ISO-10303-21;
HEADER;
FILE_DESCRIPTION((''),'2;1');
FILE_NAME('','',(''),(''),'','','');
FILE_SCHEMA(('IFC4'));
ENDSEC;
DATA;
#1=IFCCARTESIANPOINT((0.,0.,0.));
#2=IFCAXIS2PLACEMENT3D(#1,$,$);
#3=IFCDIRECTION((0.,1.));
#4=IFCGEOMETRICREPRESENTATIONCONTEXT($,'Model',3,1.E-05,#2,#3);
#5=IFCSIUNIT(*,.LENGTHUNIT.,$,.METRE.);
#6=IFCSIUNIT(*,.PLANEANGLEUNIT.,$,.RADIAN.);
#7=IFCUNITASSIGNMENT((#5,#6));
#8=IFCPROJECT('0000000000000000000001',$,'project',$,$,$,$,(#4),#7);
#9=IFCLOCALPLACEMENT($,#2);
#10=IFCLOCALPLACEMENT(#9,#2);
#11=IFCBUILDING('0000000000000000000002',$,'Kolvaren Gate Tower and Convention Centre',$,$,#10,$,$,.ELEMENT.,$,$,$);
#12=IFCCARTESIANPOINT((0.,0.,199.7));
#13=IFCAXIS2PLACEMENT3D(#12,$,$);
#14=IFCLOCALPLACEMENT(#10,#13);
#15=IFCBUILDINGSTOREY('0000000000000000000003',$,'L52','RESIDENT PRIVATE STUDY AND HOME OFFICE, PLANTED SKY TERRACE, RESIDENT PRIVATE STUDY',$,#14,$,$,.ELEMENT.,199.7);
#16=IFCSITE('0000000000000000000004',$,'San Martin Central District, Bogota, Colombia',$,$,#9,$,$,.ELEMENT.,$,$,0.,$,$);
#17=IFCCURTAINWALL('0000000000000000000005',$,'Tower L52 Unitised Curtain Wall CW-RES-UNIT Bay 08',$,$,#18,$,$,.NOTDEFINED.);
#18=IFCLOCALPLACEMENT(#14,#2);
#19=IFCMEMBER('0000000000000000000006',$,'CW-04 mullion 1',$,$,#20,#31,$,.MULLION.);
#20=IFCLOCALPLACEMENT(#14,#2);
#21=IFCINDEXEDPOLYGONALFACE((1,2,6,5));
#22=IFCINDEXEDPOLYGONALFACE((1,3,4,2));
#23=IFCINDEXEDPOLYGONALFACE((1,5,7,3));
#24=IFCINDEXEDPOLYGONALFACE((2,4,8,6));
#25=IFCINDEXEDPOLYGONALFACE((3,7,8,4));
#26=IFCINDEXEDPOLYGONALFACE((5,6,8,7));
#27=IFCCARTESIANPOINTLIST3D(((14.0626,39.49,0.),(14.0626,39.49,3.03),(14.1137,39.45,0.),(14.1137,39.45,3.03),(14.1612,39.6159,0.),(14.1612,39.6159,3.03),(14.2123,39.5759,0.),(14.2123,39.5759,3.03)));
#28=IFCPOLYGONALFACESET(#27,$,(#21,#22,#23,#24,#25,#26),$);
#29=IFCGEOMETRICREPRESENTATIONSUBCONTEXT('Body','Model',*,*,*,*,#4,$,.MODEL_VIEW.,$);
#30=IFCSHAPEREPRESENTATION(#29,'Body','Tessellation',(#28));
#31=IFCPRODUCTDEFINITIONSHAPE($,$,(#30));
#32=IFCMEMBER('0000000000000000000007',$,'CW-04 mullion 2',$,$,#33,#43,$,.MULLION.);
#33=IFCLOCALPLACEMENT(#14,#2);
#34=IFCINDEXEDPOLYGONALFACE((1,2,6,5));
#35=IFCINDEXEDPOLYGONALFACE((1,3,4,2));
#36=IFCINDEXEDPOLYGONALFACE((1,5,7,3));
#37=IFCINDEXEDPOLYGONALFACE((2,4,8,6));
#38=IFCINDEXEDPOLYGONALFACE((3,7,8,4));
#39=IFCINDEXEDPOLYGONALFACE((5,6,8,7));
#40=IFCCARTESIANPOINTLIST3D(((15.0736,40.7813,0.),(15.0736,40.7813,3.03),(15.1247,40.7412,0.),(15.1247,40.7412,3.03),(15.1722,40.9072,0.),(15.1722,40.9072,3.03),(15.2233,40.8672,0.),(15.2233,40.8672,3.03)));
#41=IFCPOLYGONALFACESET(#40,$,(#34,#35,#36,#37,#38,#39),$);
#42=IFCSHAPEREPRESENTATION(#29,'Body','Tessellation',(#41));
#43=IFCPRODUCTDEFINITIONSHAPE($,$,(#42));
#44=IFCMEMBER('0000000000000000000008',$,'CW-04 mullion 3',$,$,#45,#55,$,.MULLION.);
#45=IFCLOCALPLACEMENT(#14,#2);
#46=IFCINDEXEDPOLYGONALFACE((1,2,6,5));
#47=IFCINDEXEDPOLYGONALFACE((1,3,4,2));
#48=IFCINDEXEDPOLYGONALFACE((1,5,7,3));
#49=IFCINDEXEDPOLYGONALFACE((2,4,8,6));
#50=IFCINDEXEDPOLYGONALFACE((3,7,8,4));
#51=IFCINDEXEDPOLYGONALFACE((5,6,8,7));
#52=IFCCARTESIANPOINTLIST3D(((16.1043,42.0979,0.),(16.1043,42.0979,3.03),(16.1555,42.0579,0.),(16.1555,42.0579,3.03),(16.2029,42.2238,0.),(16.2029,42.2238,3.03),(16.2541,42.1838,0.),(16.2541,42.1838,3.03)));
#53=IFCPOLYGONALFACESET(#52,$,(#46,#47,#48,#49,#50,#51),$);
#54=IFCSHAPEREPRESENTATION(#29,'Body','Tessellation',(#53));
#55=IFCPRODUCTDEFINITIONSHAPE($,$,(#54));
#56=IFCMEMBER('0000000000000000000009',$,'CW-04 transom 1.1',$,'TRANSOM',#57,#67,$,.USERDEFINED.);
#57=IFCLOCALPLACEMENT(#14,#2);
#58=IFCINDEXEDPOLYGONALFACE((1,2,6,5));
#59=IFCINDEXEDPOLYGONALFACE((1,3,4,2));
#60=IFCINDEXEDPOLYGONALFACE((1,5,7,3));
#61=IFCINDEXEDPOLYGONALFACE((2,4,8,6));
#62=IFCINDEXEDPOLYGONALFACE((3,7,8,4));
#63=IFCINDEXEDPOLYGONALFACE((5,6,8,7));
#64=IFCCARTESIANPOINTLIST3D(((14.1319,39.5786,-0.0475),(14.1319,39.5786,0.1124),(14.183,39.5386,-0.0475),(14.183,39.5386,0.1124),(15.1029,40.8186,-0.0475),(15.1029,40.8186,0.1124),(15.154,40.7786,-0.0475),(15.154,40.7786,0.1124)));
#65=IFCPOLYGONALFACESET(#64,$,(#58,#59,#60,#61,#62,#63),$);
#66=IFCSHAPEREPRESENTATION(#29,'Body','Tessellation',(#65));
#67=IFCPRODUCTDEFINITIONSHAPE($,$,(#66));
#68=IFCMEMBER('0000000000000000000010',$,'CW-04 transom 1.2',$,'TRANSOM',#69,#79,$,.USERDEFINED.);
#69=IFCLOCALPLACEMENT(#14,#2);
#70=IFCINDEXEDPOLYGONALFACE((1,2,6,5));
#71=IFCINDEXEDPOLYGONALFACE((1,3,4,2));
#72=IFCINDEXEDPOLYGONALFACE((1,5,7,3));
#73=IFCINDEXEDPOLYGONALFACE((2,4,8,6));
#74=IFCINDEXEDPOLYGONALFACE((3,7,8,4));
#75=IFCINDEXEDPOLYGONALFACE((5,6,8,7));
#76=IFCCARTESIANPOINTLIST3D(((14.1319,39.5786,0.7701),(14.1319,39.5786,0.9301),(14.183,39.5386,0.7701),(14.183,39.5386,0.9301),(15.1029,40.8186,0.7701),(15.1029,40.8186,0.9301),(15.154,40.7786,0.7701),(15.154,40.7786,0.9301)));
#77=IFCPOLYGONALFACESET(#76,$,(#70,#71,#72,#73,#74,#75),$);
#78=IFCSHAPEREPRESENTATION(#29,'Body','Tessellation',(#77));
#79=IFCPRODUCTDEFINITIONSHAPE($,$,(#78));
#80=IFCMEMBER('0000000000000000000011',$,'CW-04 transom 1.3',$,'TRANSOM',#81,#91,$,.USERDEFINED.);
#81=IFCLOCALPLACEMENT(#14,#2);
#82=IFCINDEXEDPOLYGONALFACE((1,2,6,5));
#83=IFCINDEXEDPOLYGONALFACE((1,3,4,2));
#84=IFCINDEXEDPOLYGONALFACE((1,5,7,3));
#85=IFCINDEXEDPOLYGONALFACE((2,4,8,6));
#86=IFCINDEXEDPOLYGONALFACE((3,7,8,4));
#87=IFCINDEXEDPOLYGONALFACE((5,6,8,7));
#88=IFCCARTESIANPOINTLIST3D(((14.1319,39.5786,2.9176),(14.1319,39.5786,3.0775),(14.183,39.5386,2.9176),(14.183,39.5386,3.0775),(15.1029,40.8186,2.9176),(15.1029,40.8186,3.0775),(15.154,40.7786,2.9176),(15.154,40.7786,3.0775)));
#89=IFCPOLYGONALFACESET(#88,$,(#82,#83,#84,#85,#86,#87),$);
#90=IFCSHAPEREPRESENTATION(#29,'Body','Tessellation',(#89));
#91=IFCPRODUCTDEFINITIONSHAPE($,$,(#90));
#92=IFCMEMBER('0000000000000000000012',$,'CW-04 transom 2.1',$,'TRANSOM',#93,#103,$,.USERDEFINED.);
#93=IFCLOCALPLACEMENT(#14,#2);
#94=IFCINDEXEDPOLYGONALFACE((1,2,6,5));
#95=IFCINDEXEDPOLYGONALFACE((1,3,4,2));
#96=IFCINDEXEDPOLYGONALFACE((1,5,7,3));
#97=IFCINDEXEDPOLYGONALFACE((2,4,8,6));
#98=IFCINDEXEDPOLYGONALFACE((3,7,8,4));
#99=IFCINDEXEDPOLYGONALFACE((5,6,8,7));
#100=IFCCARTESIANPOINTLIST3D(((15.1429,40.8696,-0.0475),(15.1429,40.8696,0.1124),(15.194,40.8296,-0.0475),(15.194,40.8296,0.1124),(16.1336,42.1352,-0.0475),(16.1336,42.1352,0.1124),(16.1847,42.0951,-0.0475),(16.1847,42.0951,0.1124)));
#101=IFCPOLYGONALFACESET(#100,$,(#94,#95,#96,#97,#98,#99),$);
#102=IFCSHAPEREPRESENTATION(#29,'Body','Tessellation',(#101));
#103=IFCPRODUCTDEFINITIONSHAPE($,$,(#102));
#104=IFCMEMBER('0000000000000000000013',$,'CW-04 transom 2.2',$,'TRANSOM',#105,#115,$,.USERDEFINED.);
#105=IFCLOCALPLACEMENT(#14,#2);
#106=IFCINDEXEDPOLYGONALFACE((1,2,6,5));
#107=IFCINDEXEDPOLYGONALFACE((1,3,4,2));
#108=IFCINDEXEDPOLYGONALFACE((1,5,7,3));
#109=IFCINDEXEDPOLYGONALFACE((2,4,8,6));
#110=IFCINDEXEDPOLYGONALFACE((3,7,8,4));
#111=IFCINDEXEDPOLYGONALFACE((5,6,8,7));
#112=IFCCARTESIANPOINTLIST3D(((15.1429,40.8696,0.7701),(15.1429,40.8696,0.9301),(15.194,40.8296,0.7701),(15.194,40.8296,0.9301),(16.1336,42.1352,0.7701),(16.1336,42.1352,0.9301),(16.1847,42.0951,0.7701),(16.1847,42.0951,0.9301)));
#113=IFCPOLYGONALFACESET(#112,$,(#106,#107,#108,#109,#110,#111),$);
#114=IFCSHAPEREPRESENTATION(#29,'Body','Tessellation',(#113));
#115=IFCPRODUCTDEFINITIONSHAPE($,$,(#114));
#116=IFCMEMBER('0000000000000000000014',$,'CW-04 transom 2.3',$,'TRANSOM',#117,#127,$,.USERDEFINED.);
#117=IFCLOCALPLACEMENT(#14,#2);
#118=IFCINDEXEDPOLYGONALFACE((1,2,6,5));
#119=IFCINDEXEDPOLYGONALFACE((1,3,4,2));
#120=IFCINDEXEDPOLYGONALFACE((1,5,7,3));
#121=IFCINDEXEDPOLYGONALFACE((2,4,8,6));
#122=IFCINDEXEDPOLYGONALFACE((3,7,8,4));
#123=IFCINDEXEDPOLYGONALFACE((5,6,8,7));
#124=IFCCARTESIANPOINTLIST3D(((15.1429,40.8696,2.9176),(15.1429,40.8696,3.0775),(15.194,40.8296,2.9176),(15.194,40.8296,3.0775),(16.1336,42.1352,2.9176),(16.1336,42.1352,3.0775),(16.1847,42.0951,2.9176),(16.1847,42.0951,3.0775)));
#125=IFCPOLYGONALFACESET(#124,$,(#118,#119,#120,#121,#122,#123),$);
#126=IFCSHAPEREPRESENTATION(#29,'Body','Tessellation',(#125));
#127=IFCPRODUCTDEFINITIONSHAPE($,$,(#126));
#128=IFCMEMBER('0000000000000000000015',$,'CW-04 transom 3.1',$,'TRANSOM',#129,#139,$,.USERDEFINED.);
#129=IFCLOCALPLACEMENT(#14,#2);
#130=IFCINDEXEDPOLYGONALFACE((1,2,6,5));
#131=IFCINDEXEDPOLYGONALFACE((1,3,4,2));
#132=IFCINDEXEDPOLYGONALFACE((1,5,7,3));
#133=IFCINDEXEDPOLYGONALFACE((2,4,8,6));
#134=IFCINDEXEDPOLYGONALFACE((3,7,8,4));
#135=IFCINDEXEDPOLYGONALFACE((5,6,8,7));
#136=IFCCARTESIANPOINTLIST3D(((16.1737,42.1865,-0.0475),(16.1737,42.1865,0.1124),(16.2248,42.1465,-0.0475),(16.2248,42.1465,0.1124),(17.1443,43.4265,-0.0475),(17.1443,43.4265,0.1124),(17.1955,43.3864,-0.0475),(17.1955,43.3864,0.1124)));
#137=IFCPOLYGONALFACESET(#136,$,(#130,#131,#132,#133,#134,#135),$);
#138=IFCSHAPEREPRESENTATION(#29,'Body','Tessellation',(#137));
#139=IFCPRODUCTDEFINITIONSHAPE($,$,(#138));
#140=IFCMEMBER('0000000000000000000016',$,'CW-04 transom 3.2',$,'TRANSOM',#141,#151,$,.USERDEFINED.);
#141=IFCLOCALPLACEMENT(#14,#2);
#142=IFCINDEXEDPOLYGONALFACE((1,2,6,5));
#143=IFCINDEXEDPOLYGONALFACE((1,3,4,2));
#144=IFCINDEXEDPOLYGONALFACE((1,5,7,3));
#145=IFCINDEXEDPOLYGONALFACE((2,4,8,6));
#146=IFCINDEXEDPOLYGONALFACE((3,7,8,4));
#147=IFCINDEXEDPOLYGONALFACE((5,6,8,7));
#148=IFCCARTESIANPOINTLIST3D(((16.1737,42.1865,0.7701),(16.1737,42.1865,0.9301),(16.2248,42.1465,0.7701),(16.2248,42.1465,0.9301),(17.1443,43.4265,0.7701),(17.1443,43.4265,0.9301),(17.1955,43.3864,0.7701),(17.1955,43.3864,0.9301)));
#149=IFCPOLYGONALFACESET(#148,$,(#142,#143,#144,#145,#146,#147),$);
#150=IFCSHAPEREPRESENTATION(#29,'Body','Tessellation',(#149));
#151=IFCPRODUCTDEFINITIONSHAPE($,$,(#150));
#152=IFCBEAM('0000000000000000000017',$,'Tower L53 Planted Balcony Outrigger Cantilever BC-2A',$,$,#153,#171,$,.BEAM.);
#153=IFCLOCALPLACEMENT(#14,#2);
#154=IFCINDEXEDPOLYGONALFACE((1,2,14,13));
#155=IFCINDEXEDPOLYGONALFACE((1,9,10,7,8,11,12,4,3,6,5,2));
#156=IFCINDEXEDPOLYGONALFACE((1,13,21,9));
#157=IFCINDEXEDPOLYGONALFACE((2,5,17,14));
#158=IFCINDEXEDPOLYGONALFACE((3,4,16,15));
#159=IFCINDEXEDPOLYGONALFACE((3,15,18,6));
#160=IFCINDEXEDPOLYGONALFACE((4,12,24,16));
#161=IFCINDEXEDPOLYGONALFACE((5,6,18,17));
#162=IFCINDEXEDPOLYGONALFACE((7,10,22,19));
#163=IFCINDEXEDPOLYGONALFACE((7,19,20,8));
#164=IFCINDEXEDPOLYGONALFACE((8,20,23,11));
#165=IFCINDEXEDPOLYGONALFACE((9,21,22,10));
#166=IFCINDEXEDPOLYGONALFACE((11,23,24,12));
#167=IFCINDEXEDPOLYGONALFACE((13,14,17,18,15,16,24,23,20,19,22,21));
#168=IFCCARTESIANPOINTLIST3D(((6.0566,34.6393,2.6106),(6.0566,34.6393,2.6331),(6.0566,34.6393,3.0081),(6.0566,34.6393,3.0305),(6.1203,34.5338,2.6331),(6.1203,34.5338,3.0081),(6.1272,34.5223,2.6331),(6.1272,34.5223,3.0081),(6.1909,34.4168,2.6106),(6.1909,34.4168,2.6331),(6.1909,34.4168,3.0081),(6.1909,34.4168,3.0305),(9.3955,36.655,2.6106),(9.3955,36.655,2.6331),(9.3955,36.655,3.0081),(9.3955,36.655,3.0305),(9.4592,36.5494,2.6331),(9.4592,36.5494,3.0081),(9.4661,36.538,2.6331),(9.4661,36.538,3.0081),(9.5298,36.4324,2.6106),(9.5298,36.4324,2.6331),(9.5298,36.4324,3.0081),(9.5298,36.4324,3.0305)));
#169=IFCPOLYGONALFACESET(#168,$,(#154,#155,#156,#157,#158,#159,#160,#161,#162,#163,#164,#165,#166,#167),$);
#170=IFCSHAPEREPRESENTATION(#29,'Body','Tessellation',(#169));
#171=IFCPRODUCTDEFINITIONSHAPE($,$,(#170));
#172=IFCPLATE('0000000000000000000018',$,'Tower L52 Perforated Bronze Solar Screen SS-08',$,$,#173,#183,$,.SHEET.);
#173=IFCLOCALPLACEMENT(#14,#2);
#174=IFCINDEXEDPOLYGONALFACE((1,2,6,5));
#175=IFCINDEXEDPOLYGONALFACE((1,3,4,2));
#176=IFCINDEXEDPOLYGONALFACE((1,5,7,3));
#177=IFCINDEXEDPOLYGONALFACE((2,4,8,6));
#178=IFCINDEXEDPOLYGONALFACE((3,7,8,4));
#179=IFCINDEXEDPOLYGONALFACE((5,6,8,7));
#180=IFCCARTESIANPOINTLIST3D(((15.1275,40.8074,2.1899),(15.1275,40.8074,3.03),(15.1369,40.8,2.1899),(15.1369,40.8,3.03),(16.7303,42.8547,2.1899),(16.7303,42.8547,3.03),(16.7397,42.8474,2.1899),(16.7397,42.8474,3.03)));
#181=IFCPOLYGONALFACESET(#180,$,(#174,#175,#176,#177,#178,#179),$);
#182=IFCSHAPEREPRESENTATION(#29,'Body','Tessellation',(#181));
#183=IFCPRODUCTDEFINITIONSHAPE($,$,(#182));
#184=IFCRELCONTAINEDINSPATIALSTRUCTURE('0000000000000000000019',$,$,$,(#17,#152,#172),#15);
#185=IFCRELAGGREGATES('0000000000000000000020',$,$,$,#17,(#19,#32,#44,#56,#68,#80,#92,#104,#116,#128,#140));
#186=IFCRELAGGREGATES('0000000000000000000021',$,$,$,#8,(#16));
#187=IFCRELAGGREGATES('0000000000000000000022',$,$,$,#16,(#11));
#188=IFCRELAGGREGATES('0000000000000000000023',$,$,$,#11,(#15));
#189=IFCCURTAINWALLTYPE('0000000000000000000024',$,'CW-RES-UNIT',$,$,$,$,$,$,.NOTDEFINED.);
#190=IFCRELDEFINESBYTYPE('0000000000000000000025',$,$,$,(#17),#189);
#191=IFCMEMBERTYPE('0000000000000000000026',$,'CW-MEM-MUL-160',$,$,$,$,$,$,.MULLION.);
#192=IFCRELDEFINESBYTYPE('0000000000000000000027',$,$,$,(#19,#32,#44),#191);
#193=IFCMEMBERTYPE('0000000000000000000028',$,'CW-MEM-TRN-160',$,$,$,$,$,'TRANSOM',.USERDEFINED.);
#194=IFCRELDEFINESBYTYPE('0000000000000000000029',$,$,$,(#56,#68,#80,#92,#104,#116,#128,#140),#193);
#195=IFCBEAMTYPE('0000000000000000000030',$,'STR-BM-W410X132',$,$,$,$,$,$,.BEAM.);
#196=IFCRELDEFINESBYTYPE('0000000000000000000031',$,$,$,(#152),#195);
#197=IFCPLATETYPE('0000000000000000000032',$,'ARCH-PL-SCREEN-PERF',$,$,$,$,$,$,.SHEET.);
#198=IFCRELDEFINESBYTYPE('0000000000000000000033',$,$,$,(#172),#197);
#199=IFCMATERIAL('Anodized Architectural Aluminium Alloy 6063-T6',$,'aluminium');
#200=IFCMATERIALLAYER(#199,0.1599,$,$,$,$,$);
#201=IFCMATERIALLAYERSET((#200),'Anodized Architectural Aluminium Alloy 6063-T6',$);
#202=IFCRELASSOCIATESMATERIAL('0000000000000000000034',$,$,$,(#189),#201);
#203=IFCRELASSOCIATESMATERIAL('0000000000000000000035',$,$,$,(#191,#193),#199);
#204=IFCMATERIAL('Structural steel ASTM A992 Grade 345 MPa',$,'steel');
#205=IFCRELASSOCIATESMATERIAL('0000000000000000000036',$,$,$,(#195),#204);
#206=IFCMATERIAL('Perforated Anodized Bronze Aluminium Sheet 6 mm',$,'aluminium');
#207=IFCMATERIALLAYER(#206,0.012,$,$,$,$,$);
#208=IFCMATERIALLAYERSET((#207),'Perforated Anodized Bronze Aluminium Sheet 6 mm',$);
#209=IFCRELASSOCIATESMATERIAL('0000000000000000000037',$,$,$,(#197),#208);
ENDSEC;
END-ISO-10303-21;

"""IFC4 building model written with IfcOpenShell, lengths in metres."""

from ifc_helpers import new_model, si_unit, direction, frame, origin, origin_2d, place, context, subcontext, project, spatial, rectangle, i_section, extrude, material, layer, layer_set, material_profile, profile_set, type_object, element, aggregate, save


model = new_model("IFC4")

# Units and contexts
model_context = context("Model", 3, precision=1e-05, world=origin(), true_north=direction((0.0, 1.0)))
body_context = subcontext(model_context, "Body", "Model", "MODEL_VIEW")
ifc_project = project(units=[si_unit("LENGTHUNIT", "METRE"), si_unit("PLANEANGLEUNIT", "RADIAN")], contexts=[model_context])

# Site, building, storey
site_placement = place(None, origin())
site = spatial("IfcSite", under=ifc_project, at=site_placement, Name="San Martin Central District, Bogota, Colombia", CompositionType="ELEMENT", RefElevation=0.0)
building_placement = place(site_placement, origin())
building = spatial("IfcBuilding", under=site, at=building_placement, Name="Kolvaren Gate Tower and Convention Centre", CompositionType="ELEMENT")
storey_placement = place(building_placement, frame((0.0, 0.0, 199.7)))
storey = spatial("IfcBuildingStorey", under=building, at=storey_placement, Name="L52", Description="RESIDENT PRIVATE STUDY AND HOME OFFICE, PLANTED SKY TERRACE, RESIDENT PRIVATE STUDY", CompositionType="ELEMENT", Elevation=199.7)

# Curtain wall, members
ifc_material_1 = material(Name="Anodized Architectural Aluminium Alloy 6063-T6", Category="aluminium")
ifc_layer_1 = layer(ifc_material_1, 0.1599)
ifc_layer_set_1 = layer_set([ifc_layer_1], Name="Anodized Architectural Aluminium Alloy 6063-T6")
curtain_wall_type = type_object("IfcCurtainWallType", Name="CW-RES-UNIT", PredefinedType="NOTDEFINED", material=ifc_layer_set_1)
curtain_wall_placement = place(storey_placement, origin())
curtain_wall = element("IfcCurtainWall", 1, at=curtain_wall_placement, inside=storey, type_object=curtain_wall_type, Name="Tower L52 Unitised Curtain Wall CW-RES-UNIT Bay 08", PredefinedType="NOTDEFINED")
ifc_material_profile_1 = material_profile(ifc_material_1, rectangle(XDim=0.0649, YDim=0.1599, at=origin_2d()), Name="CW-MEM-MUL-160")
ifc_profile_set_1 = profile_set([ifc_material_profile_1], Name="Anodized Architectural Aluminium Alloy 6063-T6")
member_type_1 = type_object("IfcMemberType", Name="CW-MEM-MUL-160", PredefinedType="MULLION", material=ifc_profile_set_1)
member_1_placement = place(storey_placement, frame((14.1375, 39.533, 0.0), z_axis=(0.0, 0.0, 1.0), x_axis=(-0.78741, 0.61643, 0.0)))
member_1 = element("IfcMember", 2, at=member_1_placement, type_object=member_type_1, Name="CW-04 mullion 1", PredefinedType="MULLION", context=body_context, shape_type="SweptSolid", body=[
    extrude(rectangle(XDim=0.0649, YDim=0.1599, at=origin_2d()), origin(), (0.0, 0.0, 1.0), 3.03),
])
member_2_placement = place(storey_placement, frame((15.1484, 40.8242, 0.0), z_axis=(0.0, 0.0, 1.0), x_axis=(-0.78741, 0.61643, 0.0)))
member_2 = element("IfcMember", 3, at=member_2_placement, type_object=member_type_1, Name="CW-04 mullion 2", PredefinedType="MULLION", context=body_context, shape_type="SweptSolid", body=[
    extrude(rectangle(XDim=0.0649, YDim=0.1599, at=origin_2d()), origin(), (0.0, 0.0, 1.0), 3.03),
])
member_3_placement = place(storey_placement, frame((16.1792, 42.1409, 0.0), z_axis=(0.0, 0.0, 1.0), x_axis=(-0.78741, 0.61643, 0.0)))
member_3 = element("IfcMember", 4, at=member_3_placement, type_object=member_type_1, Name="CW-04 mullion 3", PredefinedType="MULLION", context=body_context, shape_type="SweptSolid", body=[
    extrude(rectangle(XDim=0.0649, YDim=0.1599, at=origin_2d()), origin(), (0.0, 0.0, 1.0), 3.03),
])
ifc_material_profile_2 = material_profile(ifc_material_1, rectangle(XDim=0.0649, YDim=0.1599, at=origin_2d()), Name="CW-MEM-TRN-160")
ifc_profile_set_2 = profile_set([ifc_material_profile_2], Name="Anodized Architectural Aluminium Alloy 6063-T6")
member_type_2 = type_object("IfcMemberType", Name="CW-MEM-TRN-160", ElementType="TRANSOM", PredefinedType="USERDEFINED", material=ifc_profile_set_2)
member_4_placement = place(storey_placement, frame((14.1575, 39.5586, 0.0325), z_axis=(0.616513, 0.787345, 0.0), x_axis=(-0.787345, 0.616513, 0.0)))
member_4 = element("IfcMember", 5, at=member_4_placement, type_object=member_type_2, Name="CW-04 transom 1.1", ObjectType="TRANSOM", PredefinedType="USERDEFINED", context=body_context, shape_type="SweptSolid", body=[
    extrude(rectangle(XDim=0.0649, YDim=0.1599, at=origin_2d()), origin(), (0.0, 0.0, 1.0), 1.575),
])
member_5_placement = place(storey_placement, frame((14.1575, 39.5586, 0.8501), z_axis=(0.616513, 0.787345, 0.0), x_axis=(-0.787345, 0.616513, 0.0)))
member_5 = element("IfcMember", 6, at=member_5_placement, type_object=member_type_2, Name="CW-04 transom 1.2", ObjectType="TRANSOM", PredefinedType="USERDEFINED", context=body_context, shape_type="SweptSolid", body=[
    extrude(rectangle(XDim=0.0649, YDim=0.1599, at=origin_2d()), origin(), (0.0, 0.0, 1.0), 1.575),
])
member_6_placement = place(storey_placement, frame((14.1575, 39.5586, 2.9976), z_axis=(0.616513, 0.787345, 0.0), x_axis=(-0.787345, 0.616513, 0.0)))
member_6 = element("IfcMember", 7, at=member_6_placement, type_object=member_type_2, Name="CW-04 transom 1.3", ObjectType="TRANSOM", PredefinedType="USERDEFINED", context=body_context, shape_type="SweptSolid", body=[
    extrude(rectangle(XDim=0.0649, YDim=0.1599, at=origin_2d()), origin(), (0.0, 0.0, 1.0), 1.575),
])
member_7_placement = place(storey_placement, frame((15.1685, 40.8496, 0.0325), z_axis=(0.616398, 0.787434, 0.0), x_axis=(-0.787434, 0.616398, 0.0)))
member_7 = element("IfcMember", 8, at=member_7_placement, type_object=member_type_2, Name="CW-04 transom 2.1", ObjectType="TRANSOM", PredefinedType="USERDEFINED", context=body_context, shape_type="SweptSolid", body=[
    extrude(rectangle(XDim=0.0649, YDim=0.1599, at=origin_2d()), origin(), (0.0, 0.0, 1.0), 1.6072),
])
member_8_placement = place(storey_placement, frame((15.1685, 40.8496, 0.8501), z_axis=(0.616398, 0.787434, 0.0), x_axis=(-0.787434, 0.616398, 0.0)))
member_8 = element("IfcMember", 9, at=member_8_placement, type_object=member_type_2, Name="CW-04 transom 2.2", ObjectType="TRANSOM", PredefinedType="USERDEFINED", context=body_context, shape_type="SweptSolid", body=[
    extrude(rectangle(XDim=0.0649, YDim=0.1599, at=origin_2d()), origin(), (0.0, 0.0, 1.0), 1.6072),
])
member_9_placement = place(storey_placement, frame((15.1685, 40.8496, 2.9976), z_axis=(0.616398, 0.787434, 0.0), x_axis=(-0.787434, 0.616398, 0.0)))
member_9 = element("IfcMember", 10, at=member_9_placement, type_object=member_type_2, Name="CW-04 transom 2.3", ObjectType="TRANSOM", PredefinedType="USERDEFINED", context=body_context, shape_type="SweptSolid", body=[
    extrude(rectangle(XDim=0.0649, YDim=0.1599, at=origin_2d()), origin(), (0.0, 0.0, 1.0), 1.6072),
])
member_10_placement = place(storey_placement, frame((16.1992, 42.1665, 0.0325), z_axis=(0.616417, 0.78742, 0.0), x_axis=(-0.78742, 0.616417, 0.0)))
member_10 = element("IfcMember", 11, at=member_10_placement, type_object=member_type_2, Name="CW-04 transom 3.1", ObjectType="TRANSOM", PredefinedType="USERDEFINED", context=body_context, shape_type="SweptSolid", body=[
    extrude(rectangle(XDim=0.0649, YDim=0.1599, at=origin_2d()), origin(), (0.0, 0.0, 1.0), 1.5747),
])
member_11_placement = place(storey_placement, frame((16.1992, 42.1665, 0.8501), z_axis=(0.616417, 0.78742, 0.0), x_axis=(-0.78742, 0.616417, 0.0)))
member_11 = element("IfcMember", 12, at=member_11_placement, type_object=member_type_2, Name="CW-04 transom 3.2", ObjectType="TRANSOM", PredefinedType="USERDEFINED", context=body_context, shape_type="SweptSolid", body=[
    extrude(rectangle(XDim=0.0649, YDim=0.1599, at=origin_2d()), origin(), (0.0, 0.0, 1.0), 1.5747),
])

# Beam
ifc_material_2 = material(Name="Structural steel ASTM A992 Grade 345 MPa", Category="steel")
ifc_material_profile_3 = material_profile(ifc_material_2, i_section(OverallWidth=0.26, OverallDepth=0.4199, WebThickness=0.0134, FlangeThickness=0.0225, at=origin_2d()), Name="W410X132")
ifc_profile_set_3 = profile_set([ifc_material_profile_3], Name="Structural steel ASTM A992 Grade 345 MPa")
beam_type = type_object("IfcBeamType", Name="STR-BM-W410X132", PredefinedType="BEAM", material=ifc_profile_set_3)
beam_placement = place(storey_placement, frame((9.4626, 36.5437, 2.8206), z_axis=(-0.856098, -0.516814, 0.0), x_axis=(0.516814, -0.856098, 0.0)))
element("IfcBeam", 13, at=beam_placement, inside=storey, type_object=beam_type, Name="Tower L53 Planted Balcony Outrigger Cantilever BC-2A", PredefinedType="BEAM", context=body_context, shape_type="SweptSolid", body=[
    extrude(i_section(OverallWidth=0.26, OverallDepth=0.4199, WebThickness=0.0134, FlangeThickness=0.0225, at=origin_2d()), origin(), (0.0, 0.0, 1.0), 3.9001),
])

# Plate
ifc_material_3 = material(Name="Perforated Anodized Bronze Aluminium Sheet 6 mm", Category="aluminium")
ifc_layer_2 = layer(ifc_material_3, 0.012)
ifc_layer_set_2 = layer_set([ifc_layer_2], Name="Perforated Anodized Bronze Aluminium Sheet 6 mm")
plate_type_1 = type_object("IfcPlateType", Name="ARCH-PL-SCREEN-PERF", PredefinedType="SHEET", material=ifc_layer_set_2)
plate_1_placement = place(storey_placement, frame((15.9336, 41.8274, 2.1899), z_axis=(0.0, 0.0, 1.0), x_axis=(0.616434, 0.787406, 0.0)))
element("IfcPlate", 14, at=plate_1_placement, inside=storey, type_object=plate_type_1, Name="Tower L52 Perforated Bronze Solar Screen SS-08", PredefinedType="SHEET", context=body_context, shape_type="SweptSolid", body=[
    extrude(rectangle(XDim=2.6001, YDim=0.012, at=origin_2d()), origin(), (0.0, 0.0, 1.0), 0.8401),
])
aggregate(curtain_wall, [member_1, member_2, member_3, member_4, member_5, member_6, member_7, member_8, member_9, member_10, member_11])

save(model, "model.ifc")
